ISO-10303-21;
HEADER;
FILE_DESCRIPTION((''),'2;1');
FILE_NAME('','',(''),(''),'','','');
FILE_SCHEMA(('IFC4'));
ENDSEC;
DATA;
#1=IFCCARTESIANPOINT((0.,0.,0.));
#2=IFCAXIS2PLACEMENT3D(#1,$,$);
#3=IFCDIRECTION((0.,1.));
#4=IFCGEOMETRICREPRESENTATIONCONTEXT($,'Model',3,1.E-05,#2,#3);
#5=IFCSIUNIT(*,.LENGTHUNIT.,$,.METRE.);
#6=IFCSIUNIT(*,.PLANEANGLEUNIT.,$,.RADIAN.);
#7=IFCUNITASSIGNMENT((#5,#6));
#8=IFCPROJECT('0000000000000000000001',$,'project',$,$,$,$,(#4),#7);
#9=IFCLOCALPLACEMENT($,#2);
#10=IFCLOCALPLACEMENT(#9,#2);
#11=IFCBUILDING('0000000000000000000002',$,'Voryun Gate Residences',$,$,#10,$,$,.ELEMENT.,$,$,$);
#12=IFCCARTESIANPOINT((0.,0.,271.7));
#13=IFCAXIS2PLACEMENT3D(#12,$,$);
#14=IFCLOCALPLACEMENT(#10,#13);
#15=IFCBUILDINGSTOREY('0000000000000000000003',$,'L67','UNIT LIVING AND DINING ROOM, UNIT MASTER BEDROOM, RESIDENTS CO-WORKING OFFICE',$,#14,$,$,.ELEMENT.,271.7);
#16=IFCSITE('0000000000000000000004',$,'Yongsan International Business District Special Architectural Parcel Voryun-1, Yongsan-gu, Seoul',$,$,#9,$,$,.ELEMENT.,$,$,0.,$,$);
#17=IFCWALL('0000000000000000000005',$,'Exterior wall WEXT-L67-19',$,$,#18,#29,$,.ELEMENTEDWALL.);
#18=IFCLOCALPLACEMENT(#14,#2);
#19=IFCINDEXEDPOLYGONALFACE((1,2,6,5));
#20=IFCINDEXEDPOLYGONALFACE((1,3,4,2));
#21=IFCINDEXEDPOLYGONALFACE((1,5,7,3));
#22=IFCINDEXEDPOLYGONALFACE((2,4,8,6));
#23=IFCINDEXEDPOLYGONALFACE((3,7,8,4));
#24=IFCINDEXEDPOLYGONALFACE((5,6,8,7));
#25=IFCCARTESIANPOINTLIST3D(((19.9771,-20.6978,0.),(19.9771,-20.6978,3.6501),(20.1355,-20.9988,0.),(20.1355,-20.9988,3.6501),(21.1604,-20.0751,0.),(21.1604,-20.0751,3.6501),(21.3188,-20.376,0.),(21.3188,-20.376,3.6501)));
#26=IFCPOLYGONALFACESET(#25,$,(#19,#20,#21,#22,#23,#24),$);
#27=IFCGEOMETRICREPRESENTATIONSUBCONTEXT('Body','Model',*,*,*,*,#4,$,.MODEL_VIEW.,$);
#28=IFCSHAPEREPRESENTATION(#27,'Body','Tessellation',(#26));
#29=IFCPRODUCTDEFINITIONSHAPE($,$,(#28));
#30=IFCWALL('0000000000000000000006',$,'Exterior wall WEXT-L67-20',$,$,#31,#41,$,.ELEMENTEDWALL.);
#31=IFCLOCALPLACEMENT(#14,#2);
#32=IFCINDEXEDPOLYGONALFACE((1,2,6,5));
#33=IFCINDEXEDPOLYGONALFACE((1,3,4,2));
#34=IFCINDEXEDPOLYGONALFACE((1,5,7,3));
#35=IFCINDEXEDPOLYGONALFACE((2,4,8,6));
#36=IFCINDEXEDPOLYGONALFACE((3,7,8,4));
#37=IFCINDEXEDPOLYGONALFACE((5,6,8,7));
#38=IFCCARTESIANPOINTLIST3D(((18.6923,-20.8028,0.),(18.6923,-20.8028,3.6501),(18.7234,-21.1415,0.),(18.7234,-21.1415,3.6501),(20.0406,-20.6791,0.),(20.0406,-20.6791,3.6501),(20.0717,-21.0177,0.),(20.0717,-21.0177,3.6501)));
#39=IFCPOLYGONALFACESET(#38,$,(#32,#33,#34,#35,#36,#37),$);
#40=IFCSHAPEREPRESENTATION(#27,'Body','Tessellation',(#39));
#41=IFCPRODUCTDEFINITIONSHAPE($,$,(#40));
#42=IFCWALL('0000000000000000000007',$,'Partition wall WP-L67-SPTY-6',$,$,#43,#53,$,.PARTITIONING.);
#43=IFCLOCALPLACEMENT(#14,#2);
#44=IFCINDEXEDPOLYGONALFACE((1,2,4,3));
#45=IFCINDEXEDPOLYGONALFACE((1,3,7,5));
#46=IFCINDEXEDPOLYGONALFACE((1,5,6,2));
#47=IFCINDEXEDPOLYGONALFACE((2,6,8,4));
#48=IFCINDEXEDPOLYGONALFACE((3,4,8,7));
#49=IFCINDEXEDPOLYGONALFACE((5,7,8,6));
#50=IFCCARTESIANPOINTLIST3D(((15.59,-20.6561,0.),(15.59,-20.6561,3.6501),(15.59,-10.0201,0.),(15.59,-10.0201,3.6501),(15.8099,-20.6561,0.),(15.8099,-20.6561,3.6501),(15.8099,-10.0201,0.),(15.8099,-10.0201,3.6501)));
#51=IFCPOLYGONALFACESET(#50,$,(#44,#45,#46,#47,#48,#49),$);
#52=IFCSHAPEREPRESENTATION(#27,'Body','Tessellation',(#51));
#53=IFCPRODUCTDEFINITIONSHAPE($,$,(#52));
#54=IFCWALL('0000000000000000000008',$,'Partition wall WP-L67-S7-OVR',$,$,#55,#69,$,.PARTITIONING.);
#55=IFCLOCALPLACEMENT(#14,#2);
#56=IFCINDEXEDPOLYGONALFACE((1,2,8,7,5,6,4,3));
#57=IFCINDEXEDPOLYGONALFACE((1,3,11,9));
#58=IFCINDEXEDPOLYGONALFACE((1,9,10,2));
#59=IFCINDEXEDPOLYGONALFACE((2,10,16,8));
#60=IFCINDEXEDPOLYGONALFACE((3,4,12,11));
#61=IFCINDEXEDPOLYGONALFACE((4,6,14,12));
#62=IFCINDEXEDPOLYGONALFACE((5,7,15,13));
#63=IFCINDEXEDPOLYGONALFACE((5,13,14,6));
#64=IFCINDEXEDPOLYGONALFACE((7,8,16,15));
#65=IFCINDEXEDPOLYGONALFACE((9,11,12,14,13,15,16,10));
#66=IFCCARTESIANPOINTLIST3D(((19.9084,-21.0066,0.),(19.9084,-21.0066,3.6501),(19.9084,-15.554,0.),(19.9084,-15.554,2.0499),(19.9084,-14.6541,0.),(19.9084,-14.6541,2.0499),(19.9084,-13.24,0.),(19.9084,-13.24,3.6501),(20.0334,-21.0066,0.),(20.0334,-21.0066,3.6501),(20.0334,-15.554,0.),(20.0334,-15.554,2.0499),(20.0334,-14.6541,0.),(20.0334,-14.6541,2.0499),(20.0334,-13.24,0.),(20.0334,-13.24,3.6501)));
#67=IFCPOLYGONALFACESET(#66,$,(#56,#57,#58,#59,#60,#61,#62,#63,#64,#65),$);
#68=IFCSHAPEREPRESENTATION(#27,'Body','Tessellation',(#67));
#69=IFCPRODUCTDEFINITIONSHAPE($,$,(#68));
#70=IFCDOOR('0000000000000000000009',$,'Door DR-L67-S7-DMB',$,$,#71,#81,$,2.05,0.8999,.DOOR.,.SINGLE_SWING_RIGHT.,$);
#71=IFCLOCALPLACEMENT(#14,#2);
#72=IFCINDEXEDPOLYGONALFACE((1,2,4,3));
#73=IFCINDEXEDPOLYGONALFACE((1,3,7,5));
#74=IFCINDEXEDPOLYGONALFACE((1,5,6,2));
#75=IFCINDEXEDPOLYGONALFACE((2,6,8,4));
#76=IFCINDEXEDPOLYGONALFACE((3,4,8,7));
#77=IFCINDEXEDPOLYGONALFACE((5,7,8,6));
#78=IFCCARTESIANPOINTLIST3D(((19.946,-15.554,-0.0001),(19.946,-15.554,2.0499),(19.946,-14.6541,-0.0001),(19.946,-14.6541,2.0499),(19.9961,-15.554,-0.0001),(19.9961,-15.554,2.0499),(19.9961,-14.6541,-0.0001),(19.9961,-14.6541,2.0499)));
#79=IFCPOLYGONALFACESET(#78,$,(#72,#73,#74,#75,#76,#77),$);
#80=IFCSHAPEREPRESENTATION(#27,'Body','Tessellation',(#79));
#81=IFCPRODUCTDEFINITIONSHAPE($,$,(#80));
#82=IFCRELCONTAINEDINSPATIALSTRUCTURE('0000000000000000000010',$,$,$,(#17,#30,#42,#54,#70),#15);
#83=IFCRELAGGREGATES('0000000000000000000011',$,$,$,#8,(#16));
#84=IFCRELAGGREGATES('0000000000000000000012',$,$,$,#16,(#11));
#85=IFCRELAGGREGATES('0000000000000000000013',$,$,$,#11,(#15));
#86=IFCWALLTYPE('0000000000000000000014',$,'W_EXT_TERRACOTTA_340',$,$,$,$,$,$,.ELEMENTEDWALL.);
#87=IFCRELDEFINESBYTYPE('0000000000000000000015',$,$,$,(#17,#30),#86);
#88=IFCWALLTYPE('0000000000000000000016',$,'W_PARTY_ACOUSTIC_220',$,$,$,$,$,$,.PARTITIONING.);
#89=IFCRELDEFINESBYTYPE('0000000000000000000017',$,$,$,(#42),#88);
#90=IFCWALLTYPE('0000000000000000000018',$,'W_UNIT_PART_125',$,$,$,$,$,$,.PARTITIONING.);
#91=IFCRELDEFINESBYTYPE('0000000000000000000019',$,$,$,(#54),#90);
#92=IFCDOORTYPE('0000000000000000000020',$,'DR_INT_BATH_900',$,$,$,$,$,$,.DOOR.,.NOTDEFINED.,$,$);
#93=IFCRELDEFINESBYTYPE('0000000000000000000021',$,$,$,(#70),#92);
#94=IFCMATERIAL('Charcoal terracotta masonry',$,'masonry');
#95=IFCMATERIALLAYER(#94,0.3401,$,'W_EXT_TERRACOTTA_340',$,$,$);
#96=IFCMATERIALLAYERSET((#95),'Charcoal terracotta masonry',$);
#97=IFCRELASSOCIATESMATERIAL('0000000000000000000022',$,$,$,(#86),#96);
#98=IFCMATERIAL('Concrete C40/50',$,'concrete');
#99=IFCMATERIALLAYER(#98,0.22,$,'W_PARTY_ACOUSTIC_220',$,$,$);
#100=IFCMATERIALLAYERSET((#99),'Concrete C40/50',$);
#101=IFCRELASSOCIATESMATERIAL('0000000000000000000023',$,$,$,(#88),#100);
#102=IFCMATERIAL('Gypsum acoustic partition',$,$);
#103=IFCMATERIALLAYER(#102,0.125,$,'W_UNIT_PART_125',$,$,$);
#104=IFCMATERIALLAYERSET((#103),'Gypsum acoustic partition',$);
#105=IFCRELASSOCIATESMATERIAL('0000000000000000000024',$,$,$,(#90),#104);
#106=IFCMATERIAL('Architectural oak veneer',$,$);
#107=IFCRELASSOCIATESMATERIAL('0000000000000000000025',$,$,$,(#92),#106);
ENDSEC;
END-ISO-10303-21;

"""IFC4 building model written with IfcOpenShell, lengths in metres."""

from ifc_helpers import new_model, si_unit, direction, frame, frame_2d, origin, place, context, subcontext, project, spatial, rectangle, extrude, material, layer, layer_set, type_object, element, fill, save


model = new_model("IFC4")

# Units and contexts
model_context = context("Model", 3, precision=1e-05, world=origin(), true_north=direction((0.0, 1.0)))
body_context = subcontext(model_context, "Body", "Model", "MODEL_VIEW")
ifc_project = project(units=[si_unit("LENGTHUNIT", "METRE"), si_unit("PLANEANGLEUNIT", "RADIAN")], contexts=[model_context])

# Site, building, storey
site_placement = place(None, origin())
site = spatial("IfcSite", under=ifc_project, at=site_placement, Name="Yongsan International Business District Special Architectural Parcel Voryun-1, Yongsan-gu, Seoul", CompositionType="ELEMENT", RefElevation=0.0)
building_placement = place(site_placement, origin())
building = spatial("IfcBuilding", under=site, at=building_placement, Name="Voryun Gate Residences", CompositionType="ELEMENT")
storey_placement = place(building_placement, frame((0.0, 0.0, 271.7)))
storey = spatial("IfcBuildingStorey", under=building, at=storey_placement, Name="L67", Description="UNIT LIVING AND DINING ROOM, UNIT MASTER BEDROOM, RESIDENTS CO-WORKING OFFICE", CompositionType="ELEMENT", Elevation=271.7)

# Shared definitions
ifc_material_1 = material(Name="Charcoal terracotta masonry", Category="masonry")
ifc_layer_1 = layer(ifc_material_1, 0.3401, Name="W_EXT_TERRACOTTA_340")
ifc_layer_set_1 = layer_set([ifc_layer_1], Name="Charcoal terracotta masonry")
wall_type_1 = type_object("IfcWallType", Name="W_EXT_TERRACOTTA_340", PredefinedType="ELEMENTEDWALL", material=ifc_layer_set_1)

# Walls
wall_1_placement = place(storey_placement, frame((21.2395, -20.2256, 0.0), z_axis=(0.0, 0.0, 1.0), x_axis=(-0.884922, -0.465739, 0.0)))
element("IfcWall", 1, at=wall_1_placement, inside=storey, type_object=wall_type_1, Name="Exterior wall WEXT-L67-19", PredefinedType="ELEMENTEDWALL", context=body_context, shape_type="SweptSolid", body=[
    extrude(rectangle(XDim=1.3372, YDim=0.3401, at=frame_2d((0.6685, 0.0))), origin(), (0.0, 0.0, 1.0), 3.6501),
])
wall_2_placement = place(storey_placement, frame((20.0562, -20.8484, 0.0), z_axis=(0.0, 0.0, 1.0), x_axis=(-0.995813, -0.091414, 0.0)))
element("IfcWall", 2, at=wall_2_placement, inside=storey, type_object=wall_type_1, Name="Exterior wall WEXT-L67-20", PredefinedType="ELEMENTEDWALL", context=body_context, shape_type="SweptSolid", body=[
    extrude(rectangle(XDim=1.354, YDim=0.3401, at=frame_2d((0.677, 0.0))), origin(), (0.0, 0.0, 1.0), 3.6501),
])
ifc_material_2 = material(Name="Concrete C40/50", Category="concrete")
ifc_layer_2 = layer(ifc_material_2, 0.22, Name="W_PARTY_ACOUSTIC_220")
ifc_layer_set_2 = layer_set([ifc_layer_2], Name="Concrete C40/50")
wall_type_2 = type_object("IfcWallType", Name="W_PARTY_ACOUSTIC_220", PredefinedType="PARTITIONING", material=ifc_layer_set_2)
wall_3_placement = place(storey_placement, frame((15.7, -20.656, 0.0), z_axis=(0.0, 0.0, 1.0), x_axis=(0.0, 1.0, 0.0)))
element("IfcWall", 3, at=wall_3_placement, inside=storey, type_object=wall_type_2, Name="Partition wall WP-L67-SPTY-6", PredefinedType="PARTITIONING", context=body_context, shape_type="SweptSolid", body=[
    extrude(rectangle(XDim=10.636, YDim=0.22, at=frame_2d((5.3179, 0.0))), origin(), (0.0, 0.0, 1.0), 3.6501),
])

# Wall, opening, door
ifc_material_3 = material(Name="Gypsum acoustic partition")
ifc_layer_3 = layer(ifc_material_3, 0.125, Name="W_UNIT_PART_125")
ifc_layer_set_3 = layer_set([ifc_layer_3], Name="Gypsum acoustic partition")
wall_type_3 = type_object("IfcWallType", Name="W_UNIT_PART_125", PredefinedType="PARTITIONING", material=ifc_layer_set_3)
wall_4_placement = place(storey_placement, frame((19.9709, -21.0066, 0.0), z_axis=(0.0, 0.0, 1.0), x_axis=(0.0, 1.0, 0.0)))
wall_4 = element("IfcWall", 4, at=wall_4_placement, inside=storey, type_object=wall_type_3, Name="Partition wall WP-L67-S7-OVR", PredefinedType="PARTITIONING", context=body_context, shape_type="SweptSolid", body=[
    extrude(rectangle(XDim=7.7666, YDim=0.125, at=frame_2d((3.8833, 0.0))), origin(), (0.0, 0.0, 1.0), 3.6501),
])
opening_1_placement = place(wall_4_placement, frame((5.4526, 0.0, 0.0)))
opening_1 = element("IfcOpeningElement", 5, at=opening_1_placement, cuts=wall_4, PredefinedType="OPENING", context=body_context, shape_type="SweptSolid", body=[
    extrude(rectangle(XDim=0.8999, YDim=2.05, at=frame_2d((0.45, 1.0249))), frame((0.0, 0.0725, 0.0), z_axis=(0.0, -1.0, 0.0), x_axis=(1.0, 0.0, 0.0)), (0.0, 0.0, 1.0), 0.145),
])
ifc_material_4 = material(Name="Architectural oak veneer")
door_type = type_object("IfcDoorType", Name="DR_INT_BATH_900", OperationType="NOTDEFINED", PredefinedType="DOOR", material=ifc_material_4)
door_placement = place(opening_1_placement, origin())
door = element("IfcDoor", 6, at=door_placement, inside=storey, type_object=door_type, Name="Door DR-L67-S7-DMB", OperationType="SINGLE_SWING_RIGHT", OverallHeight=2.05, OverallWidth=0.8999, PredefinedType="DOOR", context=body_context, shape_type="SweptSolid", body=[
    extrude(rectangle(XDim=0.8999, YDim=2.05, at=frame_2d((0.45, 1.0249))), frame((0.0, 0.0249, 0.0), z_axis=(0.0, -1.0, 0.0), x_axis=(1.0, 0.0, 0.0)), (0.0, 0.0, 1.0), 0.05),
])
fill(opening_1, door)

save(model, "model.ifc")
